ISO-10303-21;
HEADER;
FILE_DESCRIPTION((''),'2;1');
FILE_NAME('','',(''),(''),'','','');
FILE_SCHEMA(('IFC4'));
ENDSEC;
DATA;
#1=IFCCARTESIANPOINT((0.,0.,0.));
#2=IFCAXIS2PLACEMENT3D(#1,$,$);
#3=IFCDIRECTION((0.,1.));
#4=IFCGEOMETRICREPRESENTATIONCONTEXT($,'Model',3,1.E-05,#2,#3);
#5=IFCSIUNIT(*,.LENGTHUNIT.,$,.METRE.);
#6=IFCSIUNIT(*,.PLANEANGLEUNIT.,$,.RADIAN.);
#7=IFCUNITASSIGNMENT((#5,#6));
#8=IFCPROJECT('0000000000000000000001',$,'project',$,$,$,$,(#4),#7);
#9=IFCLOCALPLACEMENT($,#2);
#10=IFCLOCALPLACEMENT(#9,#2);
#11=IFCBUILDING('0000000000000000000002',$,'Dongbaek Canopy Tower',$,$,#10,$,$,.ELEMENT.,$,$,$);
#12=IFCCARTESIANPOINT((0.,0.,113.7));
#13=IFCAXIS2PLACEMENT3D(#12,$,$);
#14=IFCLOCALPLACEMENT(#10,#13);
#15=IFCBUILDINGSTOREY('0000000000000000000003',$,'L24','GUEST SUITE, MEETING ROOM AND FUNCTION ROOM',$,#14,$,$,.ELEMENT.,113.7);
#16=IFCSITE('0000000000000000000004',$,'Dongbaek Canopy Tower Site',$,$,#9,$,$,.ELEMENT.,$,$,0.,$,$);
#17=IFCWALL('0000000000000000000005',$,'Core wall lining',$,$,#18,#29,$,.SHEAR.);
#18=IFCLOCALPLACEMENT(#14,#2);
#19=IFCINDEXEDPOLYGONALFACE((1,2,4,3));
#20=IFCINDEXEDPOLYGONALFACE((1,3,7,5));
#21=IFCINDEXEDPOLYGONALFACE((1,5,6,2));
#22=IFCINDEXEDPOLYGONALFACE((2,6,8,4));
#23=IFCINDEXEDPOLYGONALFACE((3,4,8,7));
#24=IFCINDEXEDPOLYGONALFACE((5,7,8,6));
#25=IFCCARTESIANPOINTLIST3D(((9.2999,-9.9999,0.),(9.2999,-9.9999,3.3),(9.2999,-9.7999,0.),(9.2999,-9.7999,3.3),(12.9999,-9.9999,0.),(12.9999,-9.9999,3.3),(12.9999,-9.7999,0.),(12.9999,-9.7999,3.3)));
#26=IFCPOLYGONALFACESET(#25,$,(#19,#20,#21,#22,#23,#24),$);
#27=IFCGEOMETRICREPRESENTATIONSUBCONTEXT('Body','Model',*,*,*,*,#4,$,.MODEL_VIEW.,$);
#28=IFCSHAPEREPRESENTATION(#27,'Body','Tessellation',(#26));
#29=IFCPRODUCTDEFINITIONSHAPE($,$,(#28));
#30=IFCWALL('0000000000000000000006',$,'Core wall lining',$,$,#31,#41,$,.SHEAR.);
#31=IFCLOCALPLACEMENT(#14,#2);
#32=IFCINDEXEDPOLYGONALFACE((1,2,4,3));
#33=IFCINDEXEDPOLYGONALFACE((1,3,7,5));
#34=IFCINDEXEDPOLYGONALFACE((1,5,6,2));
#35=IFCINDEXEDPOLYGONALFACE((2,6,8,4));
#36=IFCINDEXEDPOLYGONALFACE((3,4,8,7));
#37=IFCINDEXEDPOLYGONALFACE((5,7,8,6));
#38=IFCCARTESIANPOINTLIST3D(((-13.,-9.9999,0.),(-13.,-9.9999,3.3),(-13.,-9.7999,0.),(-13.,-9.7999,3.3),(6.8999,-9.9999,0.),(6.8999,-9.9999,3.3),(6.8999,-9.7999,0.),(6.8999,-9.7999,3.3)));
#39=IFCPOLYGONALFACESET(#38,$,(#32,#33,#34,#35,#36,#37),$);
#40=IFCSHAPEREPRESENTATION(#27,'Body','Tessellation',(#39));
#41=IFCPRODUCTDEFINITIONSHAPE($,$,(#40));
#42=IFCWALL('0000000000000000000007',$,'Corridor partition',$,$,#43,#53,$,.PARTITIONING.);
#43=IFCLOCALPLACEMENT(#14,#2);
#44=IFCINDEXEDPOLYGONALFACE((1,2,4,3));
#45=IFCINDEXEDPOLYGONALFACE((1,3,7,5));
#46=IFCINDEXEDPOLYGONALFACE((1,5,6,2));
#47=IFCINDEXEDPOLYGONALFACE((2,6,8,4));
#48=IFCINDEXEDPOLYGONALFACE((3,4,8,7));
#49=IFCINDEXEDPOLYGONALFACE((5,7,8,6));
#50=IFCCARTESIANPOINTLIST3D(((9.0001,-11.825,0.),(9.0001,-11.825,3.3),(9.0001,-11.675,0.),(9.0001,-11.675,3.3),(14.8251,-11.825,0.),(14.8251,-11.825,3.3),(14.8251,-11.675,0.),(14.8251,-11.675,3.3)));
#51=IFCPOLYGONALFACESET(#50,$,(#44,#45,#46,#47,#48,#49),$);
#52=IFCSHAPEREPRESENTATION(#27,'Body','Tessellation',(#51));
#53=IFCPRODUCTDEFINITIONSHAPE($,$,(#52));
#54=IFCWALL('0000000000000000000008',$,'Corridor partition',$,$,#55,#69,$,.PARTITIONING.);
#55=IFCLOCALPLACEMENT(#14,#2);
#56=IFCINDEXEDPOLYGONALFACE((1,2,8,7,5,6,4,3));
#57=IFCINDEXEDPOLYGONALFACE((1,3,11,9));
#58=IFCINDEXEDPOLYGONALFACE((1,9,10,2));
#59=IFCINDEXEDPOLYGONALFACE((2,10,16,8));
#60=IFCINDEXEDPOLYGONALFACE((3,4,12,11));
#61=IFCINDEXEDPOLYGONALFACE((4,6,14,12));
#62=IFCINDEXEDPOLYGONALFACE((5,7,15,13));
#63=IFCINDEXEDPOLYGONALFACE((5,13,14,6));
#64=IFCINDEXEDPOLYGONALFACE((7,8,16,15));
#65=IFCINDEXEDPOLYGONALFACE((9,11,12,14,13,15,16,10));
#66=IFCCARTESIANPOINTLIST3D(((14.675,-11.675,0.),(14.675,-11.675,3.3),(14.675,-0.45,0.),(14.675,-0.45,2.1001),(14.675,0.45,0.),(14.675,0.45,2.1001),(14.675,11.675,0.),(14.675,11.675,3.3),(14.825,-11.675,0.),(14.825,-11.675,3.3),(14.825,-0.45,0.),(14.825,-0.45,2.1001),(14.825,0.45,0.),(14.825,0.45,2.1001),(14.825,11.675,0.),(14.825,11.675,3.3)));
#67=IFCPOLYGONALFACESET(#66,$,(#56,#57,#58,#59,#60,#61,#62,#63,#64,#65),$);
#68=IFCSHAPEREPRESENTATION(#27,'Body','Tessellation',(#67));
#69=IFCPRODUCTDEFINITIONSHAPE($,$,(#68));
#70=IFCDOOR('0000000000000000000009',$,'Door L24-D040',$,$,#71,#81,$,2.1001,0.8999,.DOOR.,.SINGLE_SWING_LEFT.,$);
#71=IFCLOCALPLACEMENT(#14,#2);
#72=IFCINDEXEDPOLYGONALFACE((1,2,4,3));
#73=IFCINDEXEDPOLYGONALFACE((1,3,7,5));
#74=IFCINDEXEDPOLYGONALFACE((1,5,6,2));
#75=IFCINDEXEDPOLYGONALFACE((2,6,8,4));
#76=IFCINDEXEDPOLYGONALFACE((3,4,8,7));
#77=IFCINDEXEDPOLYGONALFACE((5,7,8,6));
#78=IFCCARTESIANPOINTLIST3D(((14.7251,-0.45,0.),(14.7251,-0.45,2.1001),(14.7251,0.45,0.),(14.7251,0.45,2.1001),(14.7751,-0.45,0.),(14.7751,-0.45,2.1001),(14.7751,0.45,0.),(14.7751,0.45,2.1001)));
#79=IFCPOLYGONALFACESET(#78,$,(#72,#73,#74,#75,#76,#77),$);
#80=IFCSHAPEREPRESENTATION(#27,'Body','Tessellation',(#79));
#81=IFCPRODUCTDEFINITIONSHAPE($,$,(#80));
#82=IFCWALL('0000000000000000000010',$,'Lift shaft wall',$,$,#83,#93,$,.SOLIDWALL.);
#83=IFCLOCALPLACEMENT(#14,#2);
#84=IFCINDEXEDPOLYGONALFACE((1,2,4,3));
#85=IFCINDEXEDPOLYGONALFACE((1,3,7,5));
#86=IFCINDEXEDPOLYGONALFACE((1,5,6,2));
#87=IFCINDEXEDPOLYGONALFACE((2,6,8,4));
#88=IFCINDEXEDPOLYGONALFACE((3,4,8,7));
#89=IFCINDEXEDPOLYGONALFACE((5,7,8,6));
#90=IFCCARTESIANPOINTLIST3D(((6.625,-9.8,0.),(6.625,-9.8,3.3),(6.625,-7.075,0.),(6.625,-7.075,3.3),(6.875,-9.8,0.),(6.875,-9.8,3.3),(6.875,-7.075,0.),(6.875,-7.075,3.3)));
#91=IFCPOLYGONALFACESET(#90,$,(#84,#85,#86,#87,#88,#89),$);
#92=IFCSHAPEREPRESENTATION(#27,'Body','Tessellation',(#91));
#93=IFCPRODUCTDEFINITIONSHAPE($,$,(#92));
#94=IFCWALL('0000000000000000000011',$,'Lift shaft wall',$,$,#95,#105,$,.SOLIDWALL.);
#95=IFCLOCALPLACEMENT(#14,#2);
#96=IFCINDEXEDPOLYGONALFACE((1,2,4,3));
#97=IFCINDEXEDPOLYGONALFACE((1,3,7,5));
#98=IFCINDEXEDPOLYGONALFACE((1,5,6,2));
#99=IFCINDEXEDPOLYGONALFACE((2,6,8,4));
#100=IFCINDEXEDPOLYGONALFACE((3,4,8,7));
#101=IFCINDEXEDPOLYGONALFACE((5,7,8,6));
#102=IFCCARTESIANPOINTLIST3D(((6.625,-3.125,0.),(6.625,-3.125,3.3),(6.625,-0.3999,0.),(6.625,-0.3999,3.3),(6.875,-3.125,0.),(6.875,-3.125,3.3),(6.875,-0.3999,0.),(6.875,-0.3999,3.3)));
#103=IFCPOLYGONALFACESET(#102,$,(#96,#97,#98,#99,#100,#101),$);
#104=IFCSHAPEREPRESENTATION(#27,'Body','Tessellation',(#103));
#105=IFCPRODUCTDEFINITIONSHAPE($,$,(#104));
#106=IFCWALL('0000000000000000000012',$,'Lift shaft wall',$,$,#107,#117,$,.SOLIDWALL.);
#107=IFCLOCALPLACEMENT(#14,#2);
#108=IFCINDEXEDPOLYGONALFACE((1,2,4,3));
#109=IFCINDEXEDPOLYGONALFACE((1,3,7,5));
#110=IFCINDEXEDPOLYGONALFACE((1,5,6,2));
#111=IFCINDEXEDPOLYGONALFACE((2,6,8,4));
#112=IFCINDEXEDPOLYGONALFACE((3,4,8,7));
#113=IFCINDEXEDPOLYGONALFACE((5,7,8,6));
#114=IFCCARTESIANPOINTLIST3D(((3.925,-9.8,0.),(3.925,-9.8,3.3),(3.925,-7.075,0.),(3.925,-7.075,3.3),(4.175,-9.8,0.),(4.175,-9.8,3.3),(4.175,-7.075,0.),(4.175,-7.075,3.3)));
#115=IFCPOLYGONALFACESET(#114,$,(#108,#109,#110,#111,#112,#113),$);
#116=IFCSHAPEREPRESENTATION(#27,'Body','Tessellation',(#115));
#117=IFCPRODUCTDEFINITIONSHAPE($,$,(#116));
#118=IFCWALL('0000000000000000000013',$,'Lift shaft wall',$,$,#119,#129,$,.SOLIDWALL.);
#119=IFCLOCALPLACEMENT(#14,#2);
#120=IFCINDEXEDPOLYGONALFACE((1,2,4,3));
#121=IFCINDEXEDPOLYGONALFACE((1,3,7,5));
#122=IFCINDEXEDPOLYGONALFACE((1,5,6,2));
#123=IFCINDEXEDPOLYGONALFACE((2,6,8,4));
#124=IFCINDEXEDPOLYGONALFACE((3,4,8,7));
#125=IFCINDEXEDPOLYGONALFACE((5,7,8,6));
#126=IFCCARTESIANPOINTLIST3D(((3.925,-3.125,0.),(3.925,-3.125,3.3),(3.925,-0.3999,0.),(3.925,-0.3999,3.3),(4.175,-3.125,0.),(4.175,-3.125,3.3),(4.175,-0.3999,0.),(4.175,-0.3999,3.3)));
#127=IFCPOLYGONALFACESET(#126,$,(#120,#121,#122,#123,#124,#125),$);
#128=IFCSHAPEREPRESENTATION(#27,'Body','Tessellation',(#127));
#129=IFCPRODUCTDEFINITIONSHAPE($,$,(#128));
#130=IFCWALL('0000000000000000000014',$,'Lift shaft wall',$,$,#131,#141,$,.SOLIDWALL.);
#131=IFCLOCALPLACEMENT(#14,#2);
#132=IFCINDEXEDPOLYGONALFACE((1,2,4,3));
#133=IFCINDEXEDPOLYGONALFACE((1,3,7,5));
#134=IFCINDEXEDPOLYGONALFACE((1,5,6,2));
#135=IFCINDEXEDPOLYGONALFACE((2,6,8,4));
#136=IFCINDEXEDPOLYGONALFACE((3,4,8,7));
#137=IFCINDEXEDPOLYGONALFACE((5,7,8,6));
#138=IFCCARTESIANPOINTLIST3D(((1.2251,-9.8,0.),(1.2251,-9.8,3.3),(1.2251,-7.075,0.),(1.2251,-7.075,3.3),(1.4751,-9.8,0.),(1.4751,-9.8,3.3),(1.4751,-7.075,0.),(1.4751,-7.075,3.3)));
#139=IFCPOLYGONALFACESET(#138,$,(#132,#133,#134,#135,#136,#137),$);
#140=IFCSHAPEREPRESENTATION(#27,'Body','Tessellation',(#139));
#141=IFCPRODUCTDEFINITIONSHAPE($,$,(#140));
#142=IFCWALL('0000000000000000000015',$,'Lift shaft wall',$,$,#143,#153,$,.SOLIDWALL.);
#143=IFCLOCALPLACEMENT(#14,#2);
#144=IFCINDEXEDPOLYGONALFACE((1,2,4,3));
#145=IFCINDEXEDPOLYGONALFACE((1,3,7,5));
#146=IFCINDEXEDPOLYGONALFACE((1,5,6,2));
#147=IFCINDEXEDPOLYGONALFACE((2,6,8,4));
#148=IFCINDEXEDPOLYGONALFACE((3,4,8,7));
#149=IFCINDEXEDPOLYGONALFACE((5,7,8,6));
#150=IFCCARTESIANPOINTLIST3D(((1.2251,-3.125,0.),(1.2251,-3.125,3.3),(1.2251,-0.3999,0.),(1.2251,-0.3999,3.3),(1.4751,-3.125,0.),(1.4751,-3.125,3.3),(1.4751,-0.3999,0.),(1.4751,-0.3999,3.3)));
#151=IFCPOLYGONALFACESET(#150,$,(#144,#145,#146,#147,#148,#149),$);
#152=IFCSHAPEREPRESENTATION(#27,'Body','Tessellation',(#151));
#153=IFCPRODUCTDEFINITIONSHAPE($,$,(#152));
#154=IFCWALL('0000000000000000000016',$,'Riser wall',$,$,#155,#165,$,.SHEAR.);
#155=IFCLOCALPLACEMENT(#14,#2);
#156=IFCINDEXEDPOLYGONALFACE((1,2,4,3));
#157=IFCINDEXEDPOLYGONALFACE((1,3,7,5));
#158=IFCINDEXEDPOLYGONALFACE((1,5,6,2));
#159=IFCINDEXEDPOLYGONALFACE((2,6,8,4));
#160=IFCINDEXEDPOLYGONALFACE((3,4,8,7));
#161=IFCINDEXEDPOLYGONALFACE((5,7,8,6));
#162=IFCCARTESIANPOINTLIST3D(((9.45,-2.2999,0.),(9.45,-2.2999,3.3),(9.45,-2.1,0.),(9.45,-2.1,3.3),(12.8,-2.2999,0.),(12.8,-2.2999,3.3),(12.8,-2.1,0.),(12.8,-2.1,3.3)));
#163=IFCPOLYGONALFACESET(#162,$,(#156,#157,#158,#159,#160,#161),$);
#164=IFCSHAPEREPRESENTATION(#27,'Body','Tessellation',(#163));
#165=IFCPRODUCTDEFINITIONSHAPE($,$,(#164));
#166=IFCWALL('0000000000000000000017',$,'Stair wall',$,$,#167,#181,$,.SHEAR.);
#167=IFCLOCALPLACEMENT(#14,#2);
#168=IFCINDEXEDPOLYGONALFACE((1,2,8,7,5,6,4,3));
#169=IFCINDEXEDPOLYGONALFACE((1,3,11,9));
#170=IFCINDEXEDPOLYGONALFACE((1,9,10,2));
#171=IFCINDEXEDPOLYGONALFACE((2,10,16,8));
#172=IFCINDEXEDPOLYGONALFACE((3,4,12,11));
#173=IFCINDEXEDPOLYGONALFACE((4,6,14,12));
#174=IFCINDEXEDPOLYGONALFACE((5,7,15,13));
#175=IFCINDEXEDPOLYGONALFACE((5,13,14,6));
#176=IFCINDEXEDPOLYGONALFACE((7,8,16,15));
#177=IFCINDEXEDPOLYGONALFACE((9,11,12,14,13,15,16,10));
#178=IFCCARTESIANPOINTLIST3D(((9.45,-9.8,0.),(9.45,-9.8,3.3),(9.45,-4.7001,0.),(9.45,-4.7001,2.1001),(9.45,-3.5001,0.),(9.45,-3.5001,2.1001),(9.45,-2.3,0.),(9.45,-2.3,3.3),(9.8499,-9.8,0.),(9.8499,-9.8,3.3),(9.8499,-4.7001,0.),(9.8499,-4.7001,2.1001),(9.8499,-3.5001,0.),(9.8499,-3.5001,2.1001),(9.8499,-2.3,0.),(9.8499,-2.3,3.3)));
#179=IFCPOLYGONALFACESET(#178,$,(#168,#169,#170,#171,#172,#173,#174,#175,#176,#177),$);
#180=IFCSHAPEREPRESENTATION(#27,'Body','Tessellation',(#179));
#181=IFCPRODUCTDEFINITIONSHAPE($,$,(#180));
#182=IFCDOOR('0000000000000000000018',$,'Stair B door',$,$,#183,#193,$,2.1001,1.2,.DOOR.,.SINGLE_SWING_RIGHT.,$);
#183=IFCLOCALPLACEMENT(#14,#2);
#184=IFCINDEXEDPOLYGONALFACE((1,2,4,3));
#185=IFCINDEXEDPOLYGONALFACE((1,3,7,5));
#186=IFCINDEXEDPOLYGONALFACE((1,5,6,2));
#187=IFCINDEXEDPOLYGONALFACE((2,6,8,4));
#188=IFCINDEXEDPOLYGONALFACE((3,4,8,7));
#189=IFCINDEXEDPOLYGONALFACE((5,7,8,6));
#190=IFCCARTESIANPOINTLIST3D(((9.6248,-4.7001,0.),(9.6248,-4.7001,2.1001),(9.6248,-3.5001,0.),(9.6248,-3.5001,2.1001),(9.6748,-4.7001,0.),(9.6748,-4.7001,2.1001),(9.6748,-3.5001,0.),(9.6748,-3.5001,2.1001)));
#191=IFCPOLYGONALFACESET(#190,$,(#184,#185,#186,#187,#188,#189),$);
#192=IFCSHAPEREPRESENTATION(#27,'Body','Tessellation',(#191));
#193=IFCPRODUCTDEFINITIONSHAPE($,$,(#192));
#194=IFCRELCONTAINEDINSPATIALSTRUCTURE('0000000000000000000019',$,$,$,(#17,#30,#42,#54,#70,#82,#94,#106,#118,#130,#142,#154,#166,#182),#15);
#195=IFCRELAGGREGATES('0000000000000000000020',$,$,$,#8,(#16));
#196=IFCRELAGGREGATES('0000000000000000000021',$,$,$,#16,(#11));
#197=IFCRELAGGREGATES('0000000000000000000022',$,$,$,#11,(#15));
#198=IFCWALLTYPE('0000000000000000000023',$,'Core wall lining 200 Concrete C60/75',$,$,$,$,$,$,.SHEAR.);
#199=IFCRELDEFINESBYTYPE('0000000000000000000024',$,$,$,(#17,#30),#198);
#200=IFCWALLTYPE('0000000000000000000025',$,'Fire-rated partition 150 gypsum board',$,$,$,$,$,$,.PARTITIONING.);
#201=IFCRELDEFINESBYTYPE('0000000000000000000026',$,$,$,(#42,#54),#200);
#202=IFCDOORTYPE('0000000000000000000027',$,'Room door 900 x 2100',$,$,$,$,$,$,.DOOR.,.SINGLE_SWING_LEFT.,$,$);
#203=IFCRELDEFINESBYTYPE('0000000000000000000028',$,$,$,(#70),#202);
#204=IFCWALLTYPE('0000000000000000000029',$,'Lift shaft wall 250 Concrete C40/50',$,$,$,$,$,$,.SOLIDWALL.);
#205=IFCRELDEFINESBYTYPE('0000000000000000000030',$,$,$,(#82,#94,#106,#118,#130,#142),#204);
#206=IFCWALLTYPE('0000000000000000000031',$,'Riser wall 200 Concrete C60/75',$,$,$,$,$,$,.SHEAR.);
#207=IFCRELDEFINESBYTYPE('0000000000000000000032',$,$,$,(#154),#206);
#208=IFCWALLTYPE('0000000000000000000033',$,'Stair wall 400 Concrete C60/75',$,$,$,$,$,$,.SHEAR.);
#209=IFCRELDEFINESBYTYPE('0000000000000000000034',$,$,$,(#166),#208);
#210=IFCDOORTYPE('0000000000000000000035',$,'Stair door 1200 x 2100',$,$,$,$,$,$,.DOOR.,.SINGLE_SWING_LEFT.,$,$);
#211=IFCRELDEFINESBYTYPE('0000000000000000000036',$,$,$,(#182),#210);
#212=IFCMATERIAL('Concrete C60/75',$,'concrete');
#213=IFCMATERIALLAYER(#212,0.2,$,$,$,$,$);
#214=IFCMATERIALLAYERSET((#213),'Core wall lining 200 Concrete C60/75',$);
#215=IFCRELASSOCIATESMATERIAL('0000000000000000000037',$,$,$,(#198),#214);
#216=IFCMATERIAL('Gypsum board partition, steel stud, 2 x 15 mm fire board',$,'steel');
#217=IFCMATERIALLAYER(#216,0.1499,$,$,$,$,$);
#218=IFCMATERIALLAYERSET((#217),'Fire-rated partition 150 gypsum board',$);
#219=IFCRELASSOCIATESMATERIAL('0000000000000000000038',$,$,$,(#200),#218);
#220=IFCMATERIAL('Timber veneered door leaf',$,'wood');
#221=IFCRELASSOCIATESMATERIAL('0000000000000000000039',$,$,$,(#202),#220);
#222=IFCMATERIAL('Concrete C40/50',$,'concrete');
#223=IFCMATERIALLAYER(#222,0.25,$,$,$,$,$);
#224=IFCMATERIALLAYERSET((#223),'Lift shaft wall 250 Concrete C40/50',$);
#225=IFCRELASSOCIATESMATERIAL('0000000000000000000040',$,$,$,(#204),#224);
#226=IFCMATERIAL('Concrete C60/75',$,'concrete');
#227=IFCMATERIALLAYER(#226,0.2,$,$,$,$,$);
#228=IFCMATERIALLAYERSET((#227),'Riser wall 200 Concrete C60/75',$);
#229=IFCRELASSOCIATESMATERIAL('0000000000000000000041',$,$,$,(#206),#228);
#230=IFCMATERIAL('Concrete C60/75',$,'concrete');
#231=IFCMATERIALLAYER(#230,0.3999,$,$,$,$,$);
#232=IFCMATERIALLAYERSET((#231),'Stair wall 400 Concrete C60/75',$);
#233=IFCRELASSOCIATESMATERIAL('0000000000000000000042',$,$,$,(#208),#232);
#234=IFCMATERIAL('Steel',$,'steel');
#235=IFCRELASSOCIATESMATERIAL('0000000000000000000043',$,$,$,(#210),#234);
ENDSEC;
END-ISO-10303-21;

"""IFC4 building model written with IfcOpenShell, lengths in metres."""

from ifc_helpers import new_model, si_unit, direction, frame, frame_2d, origin, place, context, subcontext, project, spatial, rectangle, extrude, material, layer, layer_set, type_object, element, fill, save


model = new_model("IFC4")

# Units and contexts
model_context = context("Model", 3, precision=1e-05, world=origin(), true_north=direction((0.0, 1.0)))
body_context = subcontext(model_context, "Body", "Model", "MODEL_VIEW")
ifc_project = project(units=[si_unit("LENGTHUNIT", "METRE"), si_unit("PLANEANGLEUNIT", "RADIAN")], contexts=[model_context])

# Site, building, storey
site_placement = place(None, origin())
site = spatial("IfcSite", under=ifc_project, at=site_placement, Name="Dongbaek Canopy Tower Site", CompositionType="ELEMENT", RefElevation=0.0)
building_placement = place(site_placement, origin())
building = spatial("IfcBuilding", under=site, at=building_placement, Name="Dongbaek Canopy Tower", CompositionType="ELEMENT")
storey_placement = place(building_placement, frame((0.0, 0.0, 113.7)))
storey = spatial("IfcBuildingStorey", under=building, at=storey_placement, Name="L24", Description="GUEST SUITE, MEETING ROOM AND FUNCTION ROOM", CompositionType="ELEMENT", Elevation=113.7)

# Walls
ifc_material_1 = material(Name="Concrete C60/75", Category="concrete")
ifc_layer_1 = layer(ifc_material_1, 0.2)
ifc_layer_set_1 = layer_set([ifc_layer_1], Name="Core wall lining 200 Concrete C60/75")
wall_type_1 = type_object("IfcWallType", Name="Core wall lining 200 Concrete C60/75", PredefinedType="SHEAR", material=ifc_layer_set_1)
wall_1_placement = place(storey_placement, frame((13.0, -9.8999, 0.0), z_axis=(0.0, 0.0, 1.0), x_axis=(-1.0, 0.0, 0.0)))
element("IfcWall", 1, at=wall_1_placement, inside=storey, type_object=wall_type_1, Name="Core wall lining", PredefinedType="SHEAR", context=body_context, shape_type="SweptSolid", body=[
    extrude(rectangle(XDim=3.7, YDim=0.2, at=frame_2d((1.8501, 0.0))), origin(), (0.0, 0.0, 1.0), 3.3),
])
wall_2_placement = place(storey_placement, frame((6.8999, -9.8999, 0.0), z_axis=(0.0, 0.0, 1.0), x_axis=(-1.0, 0.0, 0.0)))
element("IfcWall", 2, at=wall_2_placement, inside=storey, type_object=wall_type_1, Name="Core wall lining", PredefinedType="SHEAR", context=body_context, shape_type="SweptSolid", body=[
    extrude(rectangle(XDim=19.8999, YDim=0.2, at=frame_2d((9.95, 0.0))), origin(), (0.0, 0.0, 1.0), 3.3),
])
ifc_material_2 = material(Name="Gypsum board partition, steel stud, 2 x 15 mm fire board", Category="steel")
ifc_layer_2 = layer(ifc_material_2, 0.1499)
ifc_layer_set_2 = layer_set([ifc_layer_2], Name="Fire-rated partition 150 gypsum board")
wall_type_2 = type_object("IfcWallType", Name="Fire-rated partition 150 gypsum board", PredefinedType="PARTITIONING", material=ifc_layer_set_2)
wall_3_placement = place(storey_placement, frame((9.0, -11.75, 0.0), z_axis=(0.0, 0.0, 1.0), x_axis=(1.0, 0.0, 0.0)))
element("IfcWall", 3, at=wall_3_placement, inside=storey, type_object=wall_type_2, Name="Corridor partition", PredefinedType="PARTITIONING", context=body_context, shape_type="SweptSolid", body=[
    extrude(rectangle(XDim=5.825, YDim=0.1499, at=frame_2d((2.9126, 0.0))), origin(), (0.0, 0.0, 1.0), 3.3),
])

# Wall, opening, door
wall_4_placement = place(storey_placement, frame((14.75, -11.675, 0.0), z_axis=(0.0, 0.0, 1.0), x_axis=(0.0, 1.0, 0.0)))
wall_4 = element("IfcWall", 4, at=wall_4_placement, inside=storey, type_object=wall_type_2, Name="Corridor partition", PredefinedType="PARTITIONING", context=body_context, shape_type="SweptSolid", body=[
    extrude(rectangle(XDim=23.3501, YDim=0.1499, at=frame_2d((11.675, 0.0))), origin(), (0.0, 0.0, 1.0), 3.3),
])
opening_1_placement = place(wall_4_placement, frame((11.2251, 0.0, 0.0)))
opening_1 = element("IfcOpeningElement", 5, at=opening_1_placement, cuts=wall_4, PredefinedType="OPENING", context=body_context, shape_type="SweptSolid", body=[
    extrude(rectangle(XDim=0.8999, YDim=2.1001, at=frame_2d((0.45, 1.05))), frame((0.0, 0.085, 0.0), z_axis=(0.0, -1.0, 0.0), x_axis=(1.0, 0.0, 0.0)), (0.0, 0.0, 1.0), 0.1699),
])
ifc_material_3 = material(Name="Timber veneered door leaf", Category="wood")
door_type_1 = type_object("IfcDoorType", Name="Room door 900 x 2100", OperationType="SINGLE_SWING_LEFT", PredefinedType="DOOR", material=ifc_material_3)
door_1_placement = place(opening_1_placement, origin())
door_1 = element("IfcDoor", 6, at=door_1_placement, inside=storey, type_object=door_type_1, Name="Door L24-D040", OperationType="SINGLE_SWING_LEFT", OverallHeight=2.1001, OverallWidth=0.8999, PredefinedType="DOOR", context=body_context, shape_type="SweptSolid", body=[
    extrude(rectangle(XDim=0.8999, YDim=2.1001, at=frame_2d((0.45, 1.05))), frame((0.0, 0.0249, 0.0), z_axis=(0.0, -1.0, 0.0), x_axis=(1.0, 0.0, 0.0)), (0.0, 0.0, 1.0), 0.05),
])
fill(opening_1, door_1)

# Walls
ifc_material_4 = material(Name="Concrete C40/50", Category="concrete")
ifc_layer_3 = layer(ifc_material_4, 0.25)
ifc_layer_set_3 = layer_set([ifc_layer_3], Name="Lift shaft wall 250 Concrete C40/50")
wall_type_3 = type_object("IfcWallType", Name="Lift shaft wall 250 Concrete C40/50", PredefinedType="SOLIDWALL", material=ifc_layer_set_3)
for number, where, z_axis, x_axis, name in (
    (7, (6.75, -9.8, 0.0), (0.0, 0.0, 1.0), (0.0, 1.0, 0.0), "Lift shaft wall"),
    (8, (6.75, -3.125, 0.0), (0.0, 0.0, 1.0), (0.0, 1.0, 0.0), "Lift shaft wall"),
    (9, (4.05, -9.8, 0.0), (0.0, 0.0, 1.0), (0.0, 1.0, 0.0), "Lift shaft wall"),
    (10, (4.05, -3.125, 0.0), (0.0, 0.0, 1.0), (0.0, 1.0, 0.0), "Lift shaft wall"),
    (11, (1.3501, -9.8, 0.0), (0.0, 0.0, 1.0), (0.0, 1.0, 0.0), "Lift shaft wall"),
    (12, (1.3501, -3.125, 0.0), (0.0, 0.0, 1.0), (0.0, 1.0, 0.0), "Lift shaft wall"),
):
    element("IfcWall", number, at=place(storey_placement, frame(where, z_axis=z_axis, x_axis=x_axis)), inside=storey, type_object=wall_type_3, Name=name, PredefinedType="SOLIDWALL", context=body_context, shape_type="SweptSolid", body=[
        extrude(rectangle(XDim=2.7251, YDim=0.25, at=frame_2d((1.3625, 0.0))), origin(), (0.0, 0.0, 1.0), 3.3),
    ])
ifc_material_5 = material(Name="Concrete C60/75", Category="concrete")
ifc_layer_4 = layer(ifc_material_5, 0.2)
ifc_layer_set_4 = layer_set([ifc_layer_4], Name="Riser wall 200 Concrete C60/75")
wall_type_4 = type_object("IfcWallType", Name="Riser wall 200 Concrete C60/75", PredefinedType="SHEAR", material=ifc_layer_set_4)
wall_5_placement = place(storey_placement, frame((9.45, -2.2, 0.0), z_axis=(0.0, 0.0, 1.0), x_axis=(1.0, 0.0, 0.0)))
element("IfcWall", 13, at=wall_5_placement, inside=storey, type_object=wall_type_4, Name="Riser wall", PredefinedType="SHEAR", context=body_context, shape_type="SweptSolid", body=[
    extrude(rectangle(XDim=3.3501, YDim=0.2, at=frame_2d((1.675, 0.0))), origin(), (0.0, 0.0, 1.0), 3.3),
])

# Wall, opening, door
ifc_material_6 = material(Name="Concrete C60/75", Category="concrete")
ifc_layer_5 = layer(ifc_material_6, 0.3999)
ifc_layer_set_5 = layer_set([ifc_layer_5], Name="Stair wall 400 Concrete C60/75")
wall_type_5 = type_object("IfcWallType", Name="Stair wall 400 Concrete C60/75", PredefinedType="SHEAR", material=ifc_layer_set_5)
wall_6_placement = place(storey_placement, frame((9.6499, -2.3, 0.0), z_axis=(0.0, 0.0, 1.0), x_axis=(0.0, -1.0, 0.0)))
wall_6 = element("IfcWall", 14, at=wall_6_placement, inside=storey, type_object=wall_type_5, Name="Stair wall", PredefinedType="SHEAR", context=body_context, shape_type="SweptSolid", body=[
    extrude(rectangle(XDim=7.5, YDim=0.3999, at=frame_2d((3.75, 0.0))), origin(), (0.0, 0.0, 1.0), 3.3),
])
opening_2_placement = place(wall_6_placement, frame((1.2, 0.0, 0.0)))
opening_2 = element("IfcOpeningElement", 15, at=opening_2_placement, cuts=wall_6, PredefinedType="OPENING", context=body_context, shape_type="SweptSolid", body=[
    extrude(rectangle(XDim=1.2, YDim=2.1001, at=frame_2d((0.6001, 1.05))), frame((0.0, 0.21, 0.0), z_axis=(0.0, -1.0, 0.0), x_axis=(1.0, 0.0, 0.0)), (0.0, 0.0, 1.0), 0.4199),
])
ifc_material_7 = material(Name="Steel", Category="steel")
door_type_2 = type_object("IfcDoorType", Name="Stair door 1200 x 2100", OperationType="SINGLE_SWING_LEFT", PredefinedType="DOOR", material=ifc_material_7)
door_2_placement = place(opening_2_placement, origin())
door_2 = element("IfcDoor", 16, at=door_2_placement, inside=storey, type_object=door_type_2, Name="Stair B door", OperationType="SINGLE_SWING_RIGHT", OverallHeight=2.1001, OverallWidth=1.2, PredefinedType="DOOR", context=body_context, shape_type="SweptSolid", body=[
    extrude(rectangle(XDim=1.2, YDim=2.1001, at=frame_2d((0.6001, 1.05))), frame((0.0, 0.0249, 0.0), z_axis=(0.0, -1.0, 0.0), x_axis=(1.0, 0.0, 0.0)), (0.0, 0.0, 1.0), 0.05),
])
fill(opening_2, door_2)

save(model, "model.ifc")
